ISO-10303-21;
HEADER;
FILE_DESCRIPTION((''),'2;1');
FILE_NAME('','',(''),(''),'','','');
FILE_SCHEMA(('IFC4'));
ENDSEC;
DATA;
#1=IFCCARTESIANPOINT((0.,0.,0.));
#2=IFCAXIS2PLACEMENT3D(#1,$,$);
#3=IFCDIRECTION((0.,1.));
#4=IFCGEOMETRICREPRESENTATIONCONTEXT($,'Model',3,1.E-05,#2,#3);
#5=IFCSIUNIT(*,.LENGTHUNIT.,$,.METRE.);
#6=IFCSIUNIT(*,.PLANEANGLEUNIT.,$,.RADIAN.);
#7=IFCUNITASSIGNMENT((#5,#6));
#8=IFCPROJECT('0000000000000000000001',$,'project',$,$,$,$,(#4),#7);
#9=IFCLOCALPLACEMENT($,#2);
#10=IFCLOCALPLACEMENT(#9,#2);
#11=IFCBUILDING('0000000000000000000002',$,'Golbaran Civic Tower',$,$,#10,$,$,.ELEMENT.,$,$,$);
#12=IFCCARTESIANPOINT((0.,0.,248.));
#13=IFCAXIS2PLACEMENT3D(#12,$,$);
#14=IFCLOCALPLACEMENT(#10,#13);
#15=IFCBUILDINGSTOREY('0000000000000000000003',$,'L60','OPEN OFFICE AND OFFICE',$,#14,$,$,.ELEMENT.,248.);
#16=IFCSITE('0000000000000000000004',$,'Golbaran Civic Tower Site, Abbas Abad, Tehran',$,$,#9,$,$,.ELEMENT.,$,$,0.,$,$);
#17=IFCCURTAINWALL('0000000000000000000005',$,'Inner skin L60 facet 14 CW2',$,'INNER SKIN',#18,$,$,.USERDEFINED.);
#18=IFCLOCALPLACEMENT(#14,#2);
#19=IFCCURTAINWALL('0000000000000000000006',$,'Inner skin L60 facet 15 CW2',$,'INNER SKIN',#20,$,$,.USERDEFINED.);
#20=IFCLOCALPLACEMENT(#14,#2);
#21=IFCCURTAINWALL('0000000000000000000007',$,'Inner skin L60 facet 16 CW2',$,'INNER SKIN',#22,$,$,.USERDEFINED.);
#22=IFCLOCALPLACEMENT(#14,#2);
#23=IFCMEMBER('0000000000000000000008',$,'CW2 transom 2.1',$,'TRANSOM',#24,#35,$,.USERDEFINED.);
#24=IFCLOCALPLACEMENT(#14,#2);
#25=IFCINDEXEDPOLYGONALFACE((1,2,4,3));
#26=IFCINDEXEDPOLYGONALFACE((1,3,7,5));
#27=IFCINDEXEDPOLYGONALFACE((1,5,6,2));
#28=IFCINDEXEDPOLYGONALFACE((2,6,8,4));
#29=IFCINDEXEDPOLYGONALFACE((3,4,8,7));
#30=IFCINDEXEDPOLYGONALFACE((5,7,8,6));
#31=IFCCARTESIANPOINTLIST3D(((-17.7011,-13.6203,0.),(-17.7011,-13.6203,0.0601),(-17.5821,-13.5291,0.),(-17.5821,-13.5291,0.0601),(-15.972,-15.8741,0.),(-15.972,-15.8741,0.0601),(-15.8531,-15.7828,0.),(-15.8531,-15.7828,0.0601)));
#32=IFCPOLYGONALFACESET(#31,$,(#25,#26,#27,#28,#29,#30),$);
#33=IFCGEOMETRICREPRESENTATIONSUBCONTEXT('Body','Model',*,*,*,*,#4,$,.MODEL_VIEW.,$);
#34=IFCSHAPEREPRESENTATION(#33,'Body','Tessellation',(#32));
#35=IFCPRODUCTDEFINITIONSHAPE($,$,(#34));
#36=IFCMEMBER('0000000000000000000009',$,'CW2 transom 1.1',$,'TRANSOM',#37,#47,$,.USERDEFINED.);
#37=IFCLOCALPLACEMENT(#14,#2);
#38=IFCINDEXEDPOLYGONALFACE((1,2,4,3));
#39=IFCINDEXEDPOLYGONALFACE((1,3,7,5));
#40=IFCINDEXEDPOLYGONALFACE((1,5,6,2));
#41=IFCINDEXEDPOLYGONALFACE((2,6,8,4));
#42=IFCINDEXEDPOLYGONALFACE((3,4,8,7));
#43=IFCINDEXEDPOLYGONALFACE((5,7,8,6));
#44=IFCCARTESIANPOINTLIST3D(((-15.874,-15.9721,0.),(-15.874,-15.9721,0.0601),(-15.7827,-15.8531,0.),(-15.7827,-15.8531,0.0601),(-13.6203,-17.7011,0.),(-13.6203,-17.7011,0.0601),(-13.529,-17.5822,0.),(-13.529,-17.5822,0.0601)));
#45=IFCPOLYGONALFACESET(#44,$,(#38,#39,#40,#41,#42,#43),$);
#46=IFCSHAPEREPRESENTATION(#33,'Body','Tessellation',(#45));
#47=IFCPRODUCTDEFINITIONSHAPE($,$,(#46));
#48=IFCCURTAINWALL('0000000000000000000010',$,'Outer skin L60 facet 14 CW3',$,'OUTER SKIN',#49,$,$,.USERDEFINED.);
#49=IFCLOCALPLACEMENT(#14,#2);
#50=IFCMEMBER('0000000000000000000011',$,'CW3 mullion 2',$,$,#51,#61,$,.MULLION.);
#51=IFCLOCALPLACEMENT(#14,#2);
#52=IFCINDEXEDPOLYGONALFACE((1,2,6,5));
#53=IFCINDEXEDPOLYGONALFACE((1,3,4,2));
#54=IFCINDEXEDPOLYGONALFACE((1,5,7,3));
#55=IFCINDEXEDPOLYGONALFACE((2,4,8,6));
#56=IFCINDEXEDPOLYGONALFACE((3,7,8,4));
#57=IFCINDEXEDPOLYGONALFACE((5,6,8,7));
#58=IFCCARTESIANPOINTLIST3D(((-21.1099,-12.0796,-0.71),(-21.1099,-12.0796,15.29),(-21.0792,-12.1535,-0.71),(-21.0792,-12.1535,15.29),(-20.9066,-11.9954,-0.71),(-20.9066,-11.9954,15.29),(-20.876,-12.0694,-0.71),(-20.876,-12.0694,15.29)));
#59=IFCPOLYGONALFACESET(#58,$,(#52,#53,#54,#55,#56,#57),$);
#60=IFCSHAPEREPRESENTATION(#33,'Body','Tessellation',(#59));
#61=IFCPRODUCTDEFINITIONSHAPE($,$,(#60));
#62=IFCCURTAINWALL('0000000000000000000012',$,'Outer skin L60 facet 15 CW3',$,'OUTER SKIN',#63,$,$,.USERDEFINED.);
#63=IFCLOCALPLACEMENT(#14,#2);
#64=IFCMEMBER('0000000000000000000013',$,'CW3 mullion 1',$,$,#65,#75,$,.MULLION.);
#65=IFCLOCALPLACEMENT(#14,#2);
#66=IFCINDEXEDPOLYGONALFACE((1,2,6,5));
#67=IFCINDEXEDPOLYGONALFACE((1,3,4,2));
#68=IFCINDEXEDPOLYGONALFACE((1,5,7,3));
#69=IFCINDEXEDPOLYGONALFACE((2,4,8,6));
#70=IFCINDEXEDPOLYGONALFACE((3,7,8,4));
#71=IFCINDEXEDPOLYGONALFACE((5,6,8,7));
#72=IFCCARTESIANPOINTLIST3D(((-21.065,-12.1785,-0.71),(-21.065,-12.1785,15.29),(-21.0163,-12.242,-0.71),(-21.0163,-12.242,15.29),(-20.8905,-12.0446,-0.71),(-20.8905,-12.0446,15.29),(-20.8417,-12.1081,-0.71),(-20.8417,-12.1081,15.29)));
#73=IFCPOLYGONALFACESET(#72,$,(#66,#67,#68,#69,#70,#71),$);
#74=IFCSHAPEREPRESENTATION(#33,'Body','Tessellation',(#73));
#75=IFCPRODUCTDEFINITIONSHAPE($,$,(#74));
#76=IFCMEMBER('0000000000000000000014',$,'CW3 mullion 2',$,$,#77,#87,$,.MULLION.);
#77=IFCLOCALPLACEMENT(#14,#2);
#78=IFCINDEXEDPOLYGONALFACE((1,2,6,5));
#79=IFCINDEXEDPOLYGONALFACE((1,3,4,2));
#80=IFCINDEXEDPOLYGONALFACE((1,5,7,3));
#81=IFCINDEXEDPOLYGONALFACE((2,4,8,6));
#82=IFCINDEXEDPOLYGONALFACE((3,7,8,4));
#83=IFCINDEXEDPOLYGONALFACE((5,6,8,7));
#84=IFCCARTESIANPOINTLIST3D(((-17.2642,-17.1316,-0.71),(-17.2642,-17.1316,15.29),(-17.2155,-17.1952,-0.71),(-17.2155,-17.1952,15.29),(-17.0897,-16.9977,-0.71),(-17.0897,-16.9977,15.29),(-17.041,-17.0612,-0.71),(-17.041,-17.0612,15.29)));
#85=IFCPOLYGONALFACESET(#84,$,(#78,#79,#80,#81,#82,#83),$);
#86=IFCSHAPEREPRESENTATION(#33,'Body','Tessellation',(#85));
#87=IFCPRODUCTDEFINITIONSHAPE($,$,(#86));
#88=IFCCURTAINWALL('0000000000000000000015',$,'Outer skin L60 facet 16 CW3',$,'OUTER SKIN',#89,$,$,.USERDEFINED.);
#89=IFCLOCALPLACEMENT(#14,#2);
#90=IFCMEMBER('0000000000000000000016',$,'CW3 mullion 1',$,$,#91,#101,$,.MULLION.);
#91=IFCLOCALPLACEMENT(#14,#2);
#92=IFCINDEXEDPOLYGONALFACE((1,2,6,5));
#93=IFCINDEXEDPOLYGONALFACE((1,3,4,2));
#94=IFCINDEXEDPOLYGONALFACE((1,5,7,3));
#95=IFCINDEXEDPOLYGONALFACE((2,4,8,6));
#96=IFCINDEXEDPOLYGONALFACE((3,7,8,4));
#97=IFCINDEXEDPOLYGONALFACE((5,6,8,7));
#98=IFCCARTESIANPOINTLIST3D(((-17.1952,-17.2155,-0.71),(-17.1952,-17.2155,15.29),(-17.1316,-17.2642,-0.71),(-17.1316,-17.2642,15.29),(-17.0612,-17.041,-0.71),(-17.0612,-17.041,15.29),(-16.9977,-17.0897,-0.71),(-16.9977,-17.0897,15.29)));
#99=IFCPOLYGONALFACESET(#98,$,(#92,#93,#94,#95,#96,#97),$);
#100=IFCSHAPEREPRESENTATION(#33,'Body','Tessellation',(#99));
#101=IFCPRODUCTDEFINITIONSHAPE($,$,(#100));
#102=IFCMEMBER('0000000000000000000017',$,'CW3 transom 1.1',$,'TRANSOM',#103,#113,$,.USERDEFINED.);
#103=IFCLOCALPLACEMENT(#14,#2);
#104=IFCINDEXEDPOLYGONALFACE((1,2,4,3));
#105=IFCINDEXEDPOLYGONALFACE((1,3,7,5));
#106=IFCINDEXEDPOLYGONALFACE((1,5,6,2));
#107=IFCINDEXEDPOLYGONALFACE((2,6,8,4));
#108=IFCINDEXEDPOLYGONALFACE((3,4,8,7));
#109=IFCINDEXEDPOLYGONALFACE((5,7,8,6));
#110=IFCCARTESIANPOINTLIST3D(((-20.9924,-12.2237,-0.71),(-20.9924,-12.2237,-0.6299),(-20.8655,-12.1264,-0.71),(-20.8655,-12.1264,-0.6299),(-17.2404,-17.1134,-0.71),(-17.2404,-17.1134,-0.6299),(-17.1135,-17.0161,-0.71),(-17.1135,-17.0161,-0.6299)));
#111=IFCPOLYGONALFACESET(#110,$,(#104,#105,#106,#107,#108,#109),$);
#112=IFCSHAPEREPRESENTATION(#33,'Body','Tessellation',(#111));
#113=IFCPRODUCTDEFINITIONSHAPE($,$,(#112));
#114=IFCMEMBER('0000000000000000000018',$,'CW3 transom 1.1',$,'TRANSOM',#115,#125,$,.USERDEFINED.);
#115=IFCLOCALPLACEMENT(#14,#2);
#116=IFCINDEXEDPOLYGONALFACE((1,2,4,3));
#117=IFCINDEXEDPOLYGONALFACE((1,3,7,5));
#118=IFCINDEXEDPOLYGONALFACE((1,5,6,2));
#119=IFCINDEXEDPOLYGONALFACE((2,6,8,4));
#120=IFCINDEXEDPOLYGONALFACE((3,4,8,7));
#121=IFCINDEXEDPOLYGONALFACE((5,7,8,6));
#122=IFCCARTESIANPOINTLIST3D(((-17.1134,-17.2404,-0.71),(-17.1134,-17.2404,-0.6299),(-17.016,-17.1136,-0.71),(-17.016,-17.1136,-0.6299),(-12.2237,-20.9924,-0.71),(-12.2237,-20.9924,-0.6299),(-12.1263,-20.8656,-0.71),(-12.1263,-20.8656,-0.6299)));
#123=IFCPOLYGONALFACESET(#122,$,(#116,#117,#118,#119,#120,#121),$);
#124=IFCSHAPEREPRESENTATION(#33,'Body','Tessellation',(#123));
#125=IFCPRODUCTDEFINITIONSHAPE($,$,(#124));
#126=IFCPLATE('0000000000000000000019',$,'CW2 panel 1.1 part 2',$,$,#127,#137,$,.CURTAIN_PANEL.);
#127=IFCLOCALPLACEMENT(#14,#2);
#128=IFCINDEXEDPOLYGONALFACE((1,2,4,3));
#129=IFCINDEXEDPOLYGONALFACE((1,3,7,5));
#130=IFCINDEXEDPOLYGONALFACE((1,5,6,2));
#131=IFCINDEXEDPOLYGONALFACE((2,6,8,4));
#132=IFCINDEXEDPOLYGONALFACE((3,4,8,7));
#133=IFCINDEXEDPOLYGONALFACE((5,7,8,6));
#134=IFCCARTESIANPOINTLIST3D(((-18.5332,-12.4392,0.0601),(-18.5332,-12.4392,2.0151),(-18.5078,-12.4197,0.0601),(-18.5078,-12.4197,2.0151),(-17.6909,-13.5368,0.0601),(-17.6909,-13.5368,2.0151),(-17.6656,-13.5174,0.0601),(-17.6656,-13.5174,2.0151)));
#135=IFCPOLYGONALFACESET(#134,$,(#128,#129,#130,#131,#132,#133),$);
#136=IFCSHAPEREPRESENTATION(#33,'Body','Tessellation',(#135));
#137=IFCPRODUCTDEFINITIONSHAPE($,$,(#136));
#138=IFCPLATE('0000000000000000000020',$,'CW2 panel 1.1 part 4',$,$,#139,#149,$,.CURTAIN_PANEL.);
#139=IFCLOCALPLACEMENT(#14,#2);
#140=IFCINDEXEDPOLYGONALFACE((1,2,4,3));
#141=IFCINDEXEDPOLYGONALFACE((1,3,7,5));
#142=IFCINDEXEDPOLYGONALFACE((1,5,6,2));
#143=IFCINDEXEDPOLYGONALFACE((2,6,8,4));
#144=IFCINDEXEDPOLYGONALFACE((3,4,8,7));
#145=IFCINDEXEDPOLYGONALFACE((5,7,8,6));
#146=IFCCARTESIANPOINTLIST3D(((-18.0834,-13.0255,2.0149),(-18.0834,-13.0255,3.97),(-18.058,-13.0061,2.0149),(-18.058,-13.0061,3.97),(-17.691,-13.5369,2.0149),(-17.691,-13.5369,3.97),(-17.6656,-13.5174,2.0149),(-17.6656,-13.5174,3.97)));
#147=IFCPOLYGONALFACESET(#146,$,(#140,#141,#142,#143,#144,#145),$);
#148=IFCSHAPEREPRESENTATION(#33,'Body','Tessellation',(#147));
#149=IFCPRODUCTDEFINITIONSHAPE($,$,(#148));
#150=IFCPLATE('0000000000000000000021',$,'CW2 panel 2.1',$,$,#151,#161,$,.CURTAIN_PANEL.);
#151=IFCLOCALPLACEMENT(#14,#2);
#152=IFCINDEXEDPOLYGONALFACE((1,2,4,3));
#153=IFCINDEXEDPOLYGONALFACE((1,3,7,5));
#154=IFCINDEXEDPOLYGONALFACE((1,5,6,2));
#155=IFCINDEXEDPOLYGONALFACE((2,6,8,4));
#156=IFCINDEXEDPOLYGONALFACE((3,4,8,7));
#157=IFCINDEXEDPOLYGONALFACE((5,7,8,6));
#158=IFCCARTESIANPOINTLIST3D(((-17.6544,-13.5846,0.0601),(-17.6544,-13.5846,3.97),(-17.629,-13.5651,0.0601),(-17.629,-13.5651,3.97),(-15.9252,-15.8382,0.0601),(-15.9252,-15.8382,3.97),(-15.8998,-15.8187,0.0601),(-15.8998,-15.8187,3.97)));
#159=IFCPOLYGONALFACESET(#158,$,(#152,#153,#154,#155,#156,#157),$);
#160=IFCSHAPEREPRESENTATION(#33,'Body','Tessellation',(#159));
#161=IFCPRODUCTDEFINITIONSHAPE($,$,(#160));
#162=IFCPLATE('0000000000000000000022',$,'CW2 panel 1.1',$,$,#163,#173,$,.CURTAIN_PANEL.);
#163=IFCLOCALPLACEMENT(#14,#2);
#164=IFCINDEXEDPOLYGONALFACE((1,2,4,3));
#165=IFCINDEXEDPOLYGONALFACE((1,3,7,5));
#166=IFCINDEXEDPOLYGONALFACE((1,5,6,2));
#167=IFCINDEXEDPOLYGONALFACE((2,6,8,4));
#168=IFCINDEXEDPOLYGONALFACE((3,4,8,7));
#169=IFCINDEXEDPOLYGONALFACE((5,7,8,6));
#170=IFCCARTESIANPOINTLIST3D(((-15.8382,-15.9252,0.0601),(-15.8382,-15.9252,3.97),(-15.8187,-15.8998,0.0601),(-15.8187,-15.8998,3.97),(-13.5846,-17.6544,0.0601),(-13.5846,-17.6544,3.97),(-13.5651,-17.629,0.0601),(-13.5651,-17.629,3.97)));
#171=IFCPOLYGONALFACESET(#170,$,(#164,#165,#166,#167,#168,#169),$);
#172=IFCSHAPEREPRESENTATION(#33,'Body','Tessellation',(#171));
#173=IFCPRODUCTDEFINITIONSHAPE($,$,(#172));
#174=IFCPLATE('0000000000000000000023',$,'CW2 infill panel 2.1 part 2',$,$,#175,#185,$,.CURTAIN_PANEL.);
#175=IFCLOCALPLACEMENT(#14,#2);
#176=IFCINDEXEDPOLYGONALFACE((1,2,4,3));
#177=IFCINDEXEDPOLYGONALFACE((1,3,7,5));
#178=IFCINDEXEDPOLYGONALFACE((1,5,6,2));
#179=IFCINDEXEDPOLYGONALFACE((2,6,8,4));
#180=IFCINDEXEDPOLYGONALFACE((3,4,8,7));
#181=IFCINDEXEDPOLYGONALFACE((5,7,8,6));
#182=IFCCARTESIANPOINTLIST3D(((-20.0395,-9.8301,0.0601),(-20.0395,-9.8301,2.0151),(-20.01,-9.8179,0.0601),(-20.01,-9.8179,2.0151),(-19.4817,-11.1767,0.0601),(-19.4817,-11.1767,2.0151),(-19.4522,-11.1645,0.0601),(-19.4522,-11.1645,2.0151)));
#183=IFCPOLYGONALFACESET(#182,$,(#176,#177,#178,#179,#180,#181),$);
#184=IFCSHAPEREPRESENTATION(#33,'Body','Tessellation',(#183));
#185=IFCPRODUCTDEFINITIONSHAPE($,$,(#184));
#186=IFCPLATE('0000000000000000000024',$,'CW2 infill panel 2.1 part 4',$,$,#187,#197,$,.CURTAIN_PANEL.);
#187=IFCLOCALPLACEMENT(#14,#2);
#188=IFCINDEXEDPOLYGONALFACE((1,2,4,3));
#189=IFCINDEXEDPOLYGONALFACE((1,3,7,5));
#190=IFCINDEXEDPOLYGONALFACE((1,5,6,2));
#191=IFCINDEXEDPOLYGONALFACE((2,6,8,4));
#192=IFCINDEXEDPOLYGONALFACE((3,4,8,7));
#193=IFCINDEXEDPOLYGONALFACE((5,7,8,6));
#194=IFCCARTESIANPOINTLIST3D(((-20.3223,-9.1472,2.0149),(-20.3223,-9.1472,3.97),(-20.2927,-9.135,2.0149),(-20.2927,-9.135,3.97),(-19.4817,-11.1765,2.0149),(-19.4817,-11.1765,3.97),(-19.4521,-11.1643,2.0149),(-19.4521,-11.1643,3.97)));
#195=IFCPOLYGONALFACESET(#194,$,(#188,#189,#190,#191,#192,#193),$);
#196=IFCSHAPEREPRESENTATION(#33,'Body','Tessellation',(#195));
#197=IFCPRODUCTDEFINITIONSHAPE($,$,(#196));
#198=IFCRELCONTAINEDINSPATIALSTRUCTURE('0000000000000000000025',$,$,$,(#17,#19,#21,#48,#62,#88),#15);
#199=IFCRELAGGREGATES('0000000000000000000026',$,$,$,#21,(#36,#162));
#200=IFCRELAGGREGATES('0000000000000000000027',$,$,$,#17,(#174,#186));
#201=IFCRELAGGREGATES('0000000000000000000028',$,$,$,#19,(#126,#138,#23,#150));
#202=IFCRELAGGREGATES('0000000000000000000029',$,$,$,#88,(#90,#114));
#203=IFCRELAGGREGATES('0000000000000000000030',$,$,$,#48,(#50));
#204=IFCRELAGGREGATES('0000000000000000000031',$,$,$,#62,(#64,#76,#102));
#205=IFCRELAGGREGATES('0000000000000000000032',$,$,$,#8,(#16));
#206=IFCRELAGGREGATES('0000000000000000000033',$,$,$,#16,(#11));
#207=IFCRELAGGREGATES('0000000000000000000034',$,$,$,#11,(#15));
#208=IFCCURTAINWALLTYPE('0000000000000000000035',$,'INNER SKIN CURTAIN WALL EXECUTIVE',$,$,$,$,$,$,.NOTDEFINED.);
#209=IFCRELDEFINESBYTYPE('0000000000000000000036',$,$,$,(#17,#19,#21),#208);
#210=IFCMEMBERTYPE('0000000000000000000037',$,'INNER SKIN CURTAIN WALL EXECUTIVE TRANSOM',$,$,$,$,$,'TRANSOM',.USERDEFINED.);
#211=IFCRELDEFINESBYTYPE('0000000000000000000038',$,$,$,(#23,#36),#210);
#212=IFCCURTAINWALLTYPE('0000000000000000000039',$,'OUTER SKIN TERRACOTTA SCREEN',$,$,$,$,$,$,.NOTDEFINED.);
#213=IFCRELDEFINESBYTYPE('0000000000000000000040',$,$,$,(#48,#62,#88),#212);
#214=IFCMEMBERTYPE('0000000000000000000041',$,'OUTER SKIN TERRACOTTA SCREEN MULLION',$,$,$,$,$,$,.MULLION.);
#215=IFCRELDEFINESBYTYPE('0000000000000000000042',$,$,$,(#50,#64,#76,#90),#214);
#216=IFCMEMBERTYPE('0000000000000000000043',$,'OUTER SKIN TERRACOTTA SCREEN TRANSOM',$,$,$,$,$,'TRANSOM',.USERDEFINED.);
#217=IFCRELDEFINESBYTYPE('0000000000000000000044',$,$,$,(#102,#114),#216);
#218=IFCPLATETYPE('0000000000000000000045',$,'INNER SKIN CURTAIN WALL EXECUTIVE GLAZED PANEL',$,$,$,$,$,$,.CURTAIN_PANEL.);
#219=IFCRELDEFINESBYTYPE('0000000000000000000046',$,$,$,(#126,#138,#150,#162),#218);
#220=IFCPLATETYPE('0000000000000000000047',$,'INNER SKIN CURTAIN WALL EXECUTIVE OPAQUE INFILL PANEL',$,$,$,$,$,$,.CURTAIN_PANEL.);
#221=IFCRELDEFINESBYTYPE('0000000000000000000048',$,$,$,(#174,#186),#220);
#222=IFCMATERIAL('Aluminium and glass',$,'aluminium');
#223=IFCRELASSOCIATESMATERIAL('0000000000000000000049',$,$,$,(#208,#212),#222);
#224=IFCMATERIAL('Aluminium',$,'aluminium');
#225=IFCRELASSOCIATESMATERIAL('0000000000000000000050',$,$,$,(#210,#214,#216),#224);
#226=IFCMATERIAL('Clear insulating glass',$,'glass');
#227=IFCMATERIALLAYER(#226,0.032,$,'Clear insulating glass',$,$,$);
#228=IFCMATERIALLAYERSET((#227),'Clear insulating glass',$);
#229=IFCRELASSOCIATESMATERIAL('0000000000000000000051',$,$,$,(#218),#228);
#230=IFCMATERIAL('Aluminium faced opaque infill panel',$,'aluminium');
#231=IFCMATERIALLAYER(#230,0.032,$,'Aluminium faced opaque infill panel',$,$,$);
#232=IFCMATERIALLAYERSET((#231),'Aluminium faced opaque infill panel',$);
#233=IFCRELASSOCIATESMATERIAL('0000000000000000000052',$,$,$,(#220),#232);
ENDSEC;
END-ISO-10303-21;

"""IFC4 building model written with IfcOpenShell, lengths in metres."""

from ifc_helpers import new_model, si_unit, direction, frame, origin, origin_2d, place, context, subcontext, project, spatial, rectangle, extrude, material, layer, layer_set, material_profile, profile_set, type_object, element, aggregate, save


model = new_model("IFC4")

# Units and contexts
model_context = context("Model", 3, precision=1e-05, world=origin(), true_north=direction((0.0, 1.0)))
body_context = subcontext(model_context, "Body", "Model", "MODEL_VIEW")
ifc_project = project(units=[si_unit("LENGTHUNIT", "METRE"), si_unit("PLANEANGLEUNIT", "RADIAN")], contexts=[model_context])

# Site, building, storey
site_placement = place(None, origin())
site = spatial("IfcSite", under=ifc_project, at=site_placement, Name="Golbaran Civic Tower Site, Abbas Abad, Tehran", CompositionType="ELEMENT", RefElevation=0.0)
building_placement = place(site_placement, origin())
building = spatial("IfcBuilding", under=site, at=building_placement, Name="Golbaran Civic Tower", CompositionType="ELEMENT")
storey_placement = place(building_placement, frame((0.0, 0.0, 248.0)))
storey = spatial("IfcBuildingStorey", under=building, at=storey_placement, Name="L60", Description="OPEN OFFICE AND OFFICE", CompositionType="ELEMENT", Elevation=248.0)

# Curtain wall
ifc_material_1 = material(Name="Aluminium and glass", Category="aluminium")
curtain_wall_type_1 = type_object("IfcCurtainWallType", Name="INNER SKIN CURTAIN WALL EXECUTIVE", PredefinedType="NOTDEFINED", material=ifc_material_1)
curtain_wall_1_placement = place(storey_placement, origin())
curtain_wall_1 = element("IfcCurtainWall", 1, at=curtain_wall_1_placement, inside=storey, type_object=curtain_wall_type_1, Name="Inner skin L60 facet 14 CW2", ObjectType="INNER SKIN", PredefinedType="USERDEFINED")
ifc_material_2 = material(Name="Aluminium", Category="aluminium")

# Curtain wall
curtain_wall_2_placement = place(storey_placement, origin())
curtain_wall_2 = element("IfcCurtainWall", 2, at=curtain_wall_2_placement, inside=storey, type_object=curtain_wall_type_1, Name="Inner skin L60 facet 15 CW2", ObjectType="INNER SKIN", PredefinedType="USERDEFINED")

# Curtain wall
curtain_wall_3_placement = place(storey_placement, origin())
curtain_wall_3 = element("IfcCurtainWall", 3, at=curtain_wall_3_placement, inside=storey, type_object=curtain_wall_type_1, Name="Inner skin L60 facet 16 CW2", ObjectType="INNER SKIN", PredefinedType="USERDEFINED")

# Members
ifc_material_profile_1 = material_profile(ifc_material_2, rectangle(XDim=0.1499, YDim=0.0601, at=origin_2d()), Name="INNER SKIN CURTAIN WALL EXECUTIVE TRANSOM")
ifc_profile_set_1 = profile_set([ifc_material_profile_1], Name="Aluminium")
member_type_1 = type_object("IfcMemberType", Name="INNER SKIN CURTAIN WALL EXECUTIVE TRANSOM", ElementType="TRANSOM", PredefinedType="USERDEFINED", material=ifc_profile_set_1)
member_1_placement = place(storey_placement, frame((-17.6416, -13.5747, 0.03), z_axis=(0.608697, -0.793403, 0.0), x_axis=(0.793403, 0.608697, 0.0)))
member_1 = element("IfcMember", 4, at=member_1_placement, type_object=member_type_1, Name="CW2 transom 2.1", ObjectType="TRANSOM", PredefinedType="USERDEFINED", context=body_context, shape_type="SweptSolid", body=[
    extrude(rectangle(XDim=0.1499, YDim=0.0601, at=origin_2d()), origin(), (0.0, 0.0, 1.0), 2.8406),
])
member_2_placement = place(storey_placement, frame((-15.8284, -15.9126, 0.03), z_axis=(0.793403, -0.608697, 0.0), x_axis=(0.608697, 0.793403, 0.0)))
member_2 = element("IfcMember", 5, at=member_2_placement, type_object=member_type_1, Name="CW2 transom 1.1", ObjectType="TRANSOM", PredefinedType="USERDEFINED", context=body_context, shape_type="SweptSolid", body=[
    extrude(rectangle(XDim=0.1499, YDim=0.0601, at=origin_2d()), origin(), (0.0, 0.0, 1.0), 2.8406),
])

# Curtain wall, member
curtain_wall_type_2 = type_object("IfcCurtainWallType", Name="OUTER SKIN TERRACOTTA SCREEN", PredefinedType="NOTDEFINED", material=ifc_material_1)
curtain_wall_4_placement = place(storey_placement, origin())
curtain_wall_4 = element("IfcCurtainWall", 6, at=curtain_wall_4_placement, inside=storey, type_object=curtain_wall_type_2, Name="Outer skin L60 facet 14 CW3", ObjectType="OUTER SKIN", PredefinedType="USERDEFINED")
ifc_material_profile_2 = material_profile(ifc_material_2, rectangle(XDim=0.22, YDim=0.0801, at=origin_2d()), Name="OUTER SKIN TERRACOTTA SCREEN MULLION")
ifc_profile_set_2 = profile_set([ifc_material_profile_2], Name="Aluminium")
member_type_2 = type_object("IfcMemberType", Name="OUTER SKIN TERRACOTTA SCREEN MULLION", PredefinedType="MULLION", material=ifc_profile_set_2)
member_3_placement = place(storey_placement, frame((-20.9929, -12.0745, -0.71), z_axis=(0.0, 0.0, 1.0), x_axis=(0.92388, 0.382683, 0.0)))
member_3 = element("IfcMember", 7, at=member_3_placement, type_object=member_type_2, Name="CW3 mullion 2", PredefinedType="MULLION", context=body_context, shape_type="SweptSolid", body=[
    extrude(rectangle(XDim=0.22, YDim=0.0801, at=origin_2d()), origin(), (0.0, 0.0, 1.0), 16.0),
])

# Curtain wall, members
curtain_wall_5_placement = place(storey_placement, origin())
curtain_wall_5 = element("IfcCurtainWall", 8, at=curtain_wall_5_placement, inside=storey, type_object=curtain_wall_type_2, Name="Outer skin L60 facet 15 CW3", ObjectType="OUTER SKIN", PredefinedType="USERDEFINED")
member_4_placement = place(storey_placement, frame((-20.9534, -12.1433, -0.71), z_axis=(0.0, 0.0, 1.0), x_axis=(0.793353, 0.608761, 0.0)))
member_4 = element("IfcMember", 9, at=member_4_placement, type_object=member_type_2, Name="CW3 mullion 1", PredefinedType="MULLION", context=body_context, shape_type="SweptSolid", body=[
    extrude(rectangle(XDim=0.22, YDim=0.0801, at=origin_2d()), origin(), (0.0, 0.0, 1.0), 16.0),
])
member_5_placement = place(storey_placement, frame((-17.1526, -17.0964, -0.71), z_axis=(0.0, 0.0, 1.0), x_axis=(0.793353, 0.608761, 0.0)))
member_5 = element("IfcMember", 10, at=member_5_placement, type_object=member_type_2, Name="CW3 mullion 2", PredefinedType="MULLION", context=body_context, shape_type="SweptSolid", body=[
    extrude(rectangle(XDim=0.22, YDim=0.0801, at=origin_2d()), origin(), (0.0, 0.0, 1.0), 16.0),
])

# Curtain wall, member
curtain_wall_6_placement = place(storey_placement, origin())
curtain_wall_6 = element("IfcCurtainWall", 11, at=curtain_wall_6_placement, inside=storey, type_object=curtain_wall_type_2, Name="Outer skin L60 facet 16 CW3", ObjectType="OUTER SKIN", PredefinedType="USERDEFINED")
member_6_placement = place(storey_placement, frame((-17.0964, -17.1526, -0.71), z_axis=(0.0, 0.0, 1.0), x_axis=(0.608761, 0.793353, 0.0)))
member_6 = element("IfcMember", 12, at=member_6_placement, type_object=member_type_2, Name="CW3 mullion 1", PredefinedType="MULLION", context=body_context, shape_type="SweptSolid", body=[
    extrude(rectangle(XDim=0.22, YDim=0.0801, at=origin_2d()), origin(), (0.0, 0.0, 1.0), 16.0),
])

# Members
ifc_material_profile_3 = material_profile(ifc_material_2, rectangle(XDim=0.1599, YDim=0.0801, at=origin_2d()), Name="OUTER SKIN TERRACOTTA SCREEN TRANSOM")
ifc_profile_set_3 = profile_set([ifc_material_profile_3], Name="Aluminium")
member_type_3 = type_object("IfcMemberType", Name="OUTER SKIN TERRACOTTA SCREEN TRANSOM", ElementType="TRANSOM", PredefinedType="USERDEFINED", material=ifc_profile_set_3)
member_7_placement = place(storey_placement, frame((-20.929, -12.175, -0.6699), z_axis=(0.608761, -0.793354, 0.0), x_axis=(0.793354, 0.608761, 0.0)))
member_7 = element("IfcMember", 13, at=member_7_placement, type_object=member_type_3, Name="CW3 transom 1.1", ObjectType="TRANSOM", PredefinedType="USERDEFINED", context=body_context, shape_type="SweptSolid", body=[
    extrude(rectangle(XDim=0.1599, YDim=0.0801, at=origin_2d()), origin(), (0.0, 0.0, 1.0), 6.1633),
])
member_8_placement = place(storey_placement, frame((-17.0647, -17.177, -0.6699), z_axis=(0.793354, -0.608761, 0.0), x_axis=(0.608761, 0.793354, 0.0)))
member_8 = element("IfcMember", 14, at=member_8_placement, type_object=member_type_3, Name="CW3 transom 1.1", ObjectType="TRANSOM", PredefinedType="USERDEFINED", context=body_context, shape_type="SweptSolid", body=[
    extrude(rectangle(XDim=0.1599, YDim=0.0801, at=origin_2d()), origin(), (0.0, 0.0, 1.0), 6.1633),
])

# Plates
ifc_material_3 = material(Name="Clear insulating glass", Category="glass")
ifc_layer_1 = layer(ifc_material_3, 0.032, Name="Clear insulating glass")
ifc_layer_set_1 = layer_set([ifc_layer_1], Name="Clear insulating glass")
plate_type_1 = type_object("IfcPlateType", Name="INNER SKIN CURTAIN WALL EXECUTIVE GLAZED PANEL", PredefinedType="CURTAIN_PANEL", material=ifc_layer_set_1)
plate_1_placement = place(storey_placement, frame((-18.0994, -12.9783, 0.0601), z_axis=(0.0, 0.0, 1.0), x_axis=(0.608761, -0.793353, 0.0)))
plate_1 = element("IfcPlate", 15, at=plate_1_placement, type_object=plate_type_1, Name="CW2 panel 1.1 part 2", PredefinedType="CURTAIN_PANEL", context=body_context, shape_type="SweptSolid", body=[
    extrude(rectangle(XDim=1.3835, YDim=0.032, at=origin_2d()), origin(), (0.0, 0.0, 1.0), 1.9551),
])
plate_2_placement = place(storey_placement, frame((-17.8745, -13.2715, 2.0149), z_axis=(0.0, 0.0, 1.0), x_axis=(0.608761, -0.793353, 0.0)))
plate_2 = element("IfcPlate", 16, at=plate_2_placement, type_object=plate_type_1, Name="CW2 panel 1.1 part 4", PredefinedType="CURTAIN_PANEL", context=body_context, shape_type="SweptSolid", body=[
    extrude(rectangle(XDim=0.6445, YDim=0.032, at=origin_2d()), origin(), (0.0, 0.0, 1.0), 1.9551),
])
plate_3_placement = place(storey_placement, frame((-16.7771, -14.7017, 0.0601), z_axis=(0.0, 0.0, 1.0), x_axis=(0.608761, -0.793353, 0.0)))
plate_3 = element("IfcPlate", 17, at=plate_3_placement, type_object=plate_type_1, Name="CW2 panel 2.1", PredefinedType="CURTAIN_PANEL", context=body_context, shape_type="SweptSolid", body=[
    extrude(rectangle(XDim=2.8406, YDim=0.032, at=origin_2d()), origin(), (0.0, 0.0, 1.0), 3.9099),
])
plate_4_placement = place(storey_placement, frame((-14.7017, -16.7771, 0.0601), z_axis=(0.0, 0.0, 1.0), x_axis=(0.793353, -0.608761, 0.0)))
plate_4 = element("IfcPlate", 18, at=plate_4_placement, type_object=plate_type_1, Name="CW2 panel 1.1", PredefinedType="CURTAIN_PANEL", context=body_context, shape_type="SweptSolid", body=[
    extrude(rectangle(XDim=2.8406, YDim=0.032, at=origin_2d()), origin(), (0.0, 0.0, 1.0), 3.9099),
])
aggregate(curtain_wall_3, [member_2, plate_4])
ifc_material_4 = material(Name="Aluminium faced opaque infill panel", Category="aluminium")
ifc_layer_2 = layer(ifc_material_4, 0.032, Name="Aluminium faced opaque infill panel")
ifc_layer_set_2 = layer_set([ifc_layer_2], Name="Aluminium faced opaque infill panel")
plate_type_2 = type_object("IfcPlateType", Name="INNER SKIN CURTAIN WALL EXECUTIVE OPAQUE INFILL PANEL", PredefinedType="CURTAIN_PANEL", material=ifc_layer_set_2)
plate_5_placement = place(storey_placement, frame((-19.7458, -10.4973, 0.0601), z_axis=(0.0, 0.0, 1.0), x_axis=(0.382683, -0.92388, 0.0)))
plate_5 = element("IfcPlate", 19, at=plate_5_placement, type_object=plate_type_2, Name="CW2 infill panel 2.1 part 2", PredefinedType="CURTAIN_PANEL", context=body_context, shape_type="SweptSolid", body=[
    extrude(rectangle(XDim=1.4575, YDim=0.032, at=origin_2d()), origin(), (0.0, 0.0, 1.0), 1.9551),
])
plate_6_placement = place(storey_placement, frame((-19.8872, -10.1558, 2.0149), z_axis=(0.0, 0.0, 1.0), x_axis=(0.382683, -0.92388, 0.0)))
plate_6 = element("IfcPlate", 20, at=plate_6_placement, type_object=plate_type_2, Name="CW2 infill panel 2.1 part 4", PredefinedType="CURTAIN_PANEL", context=body_context, shape_type="SweptSolid", body=[
    extrude(rectangle(XDim=2.1965, YDim=0.032, at=origin_2d()), origin(), (0.0, 0.0, 1.0), 1.9551),
])
aggregate(curtain_wall_1, [plate_5, plate_6])
aggregate(curtain_wall_2, [plate_1, plate_2, member_1, plate_3])
aggregate(curtain_wall_6, [member_6, member_8])
aggregate(curtain_wall_4, [member_3])
aggregate(curtain_wall_5, [member_4, member_5, member_7])

save(model, "model.ifc")
